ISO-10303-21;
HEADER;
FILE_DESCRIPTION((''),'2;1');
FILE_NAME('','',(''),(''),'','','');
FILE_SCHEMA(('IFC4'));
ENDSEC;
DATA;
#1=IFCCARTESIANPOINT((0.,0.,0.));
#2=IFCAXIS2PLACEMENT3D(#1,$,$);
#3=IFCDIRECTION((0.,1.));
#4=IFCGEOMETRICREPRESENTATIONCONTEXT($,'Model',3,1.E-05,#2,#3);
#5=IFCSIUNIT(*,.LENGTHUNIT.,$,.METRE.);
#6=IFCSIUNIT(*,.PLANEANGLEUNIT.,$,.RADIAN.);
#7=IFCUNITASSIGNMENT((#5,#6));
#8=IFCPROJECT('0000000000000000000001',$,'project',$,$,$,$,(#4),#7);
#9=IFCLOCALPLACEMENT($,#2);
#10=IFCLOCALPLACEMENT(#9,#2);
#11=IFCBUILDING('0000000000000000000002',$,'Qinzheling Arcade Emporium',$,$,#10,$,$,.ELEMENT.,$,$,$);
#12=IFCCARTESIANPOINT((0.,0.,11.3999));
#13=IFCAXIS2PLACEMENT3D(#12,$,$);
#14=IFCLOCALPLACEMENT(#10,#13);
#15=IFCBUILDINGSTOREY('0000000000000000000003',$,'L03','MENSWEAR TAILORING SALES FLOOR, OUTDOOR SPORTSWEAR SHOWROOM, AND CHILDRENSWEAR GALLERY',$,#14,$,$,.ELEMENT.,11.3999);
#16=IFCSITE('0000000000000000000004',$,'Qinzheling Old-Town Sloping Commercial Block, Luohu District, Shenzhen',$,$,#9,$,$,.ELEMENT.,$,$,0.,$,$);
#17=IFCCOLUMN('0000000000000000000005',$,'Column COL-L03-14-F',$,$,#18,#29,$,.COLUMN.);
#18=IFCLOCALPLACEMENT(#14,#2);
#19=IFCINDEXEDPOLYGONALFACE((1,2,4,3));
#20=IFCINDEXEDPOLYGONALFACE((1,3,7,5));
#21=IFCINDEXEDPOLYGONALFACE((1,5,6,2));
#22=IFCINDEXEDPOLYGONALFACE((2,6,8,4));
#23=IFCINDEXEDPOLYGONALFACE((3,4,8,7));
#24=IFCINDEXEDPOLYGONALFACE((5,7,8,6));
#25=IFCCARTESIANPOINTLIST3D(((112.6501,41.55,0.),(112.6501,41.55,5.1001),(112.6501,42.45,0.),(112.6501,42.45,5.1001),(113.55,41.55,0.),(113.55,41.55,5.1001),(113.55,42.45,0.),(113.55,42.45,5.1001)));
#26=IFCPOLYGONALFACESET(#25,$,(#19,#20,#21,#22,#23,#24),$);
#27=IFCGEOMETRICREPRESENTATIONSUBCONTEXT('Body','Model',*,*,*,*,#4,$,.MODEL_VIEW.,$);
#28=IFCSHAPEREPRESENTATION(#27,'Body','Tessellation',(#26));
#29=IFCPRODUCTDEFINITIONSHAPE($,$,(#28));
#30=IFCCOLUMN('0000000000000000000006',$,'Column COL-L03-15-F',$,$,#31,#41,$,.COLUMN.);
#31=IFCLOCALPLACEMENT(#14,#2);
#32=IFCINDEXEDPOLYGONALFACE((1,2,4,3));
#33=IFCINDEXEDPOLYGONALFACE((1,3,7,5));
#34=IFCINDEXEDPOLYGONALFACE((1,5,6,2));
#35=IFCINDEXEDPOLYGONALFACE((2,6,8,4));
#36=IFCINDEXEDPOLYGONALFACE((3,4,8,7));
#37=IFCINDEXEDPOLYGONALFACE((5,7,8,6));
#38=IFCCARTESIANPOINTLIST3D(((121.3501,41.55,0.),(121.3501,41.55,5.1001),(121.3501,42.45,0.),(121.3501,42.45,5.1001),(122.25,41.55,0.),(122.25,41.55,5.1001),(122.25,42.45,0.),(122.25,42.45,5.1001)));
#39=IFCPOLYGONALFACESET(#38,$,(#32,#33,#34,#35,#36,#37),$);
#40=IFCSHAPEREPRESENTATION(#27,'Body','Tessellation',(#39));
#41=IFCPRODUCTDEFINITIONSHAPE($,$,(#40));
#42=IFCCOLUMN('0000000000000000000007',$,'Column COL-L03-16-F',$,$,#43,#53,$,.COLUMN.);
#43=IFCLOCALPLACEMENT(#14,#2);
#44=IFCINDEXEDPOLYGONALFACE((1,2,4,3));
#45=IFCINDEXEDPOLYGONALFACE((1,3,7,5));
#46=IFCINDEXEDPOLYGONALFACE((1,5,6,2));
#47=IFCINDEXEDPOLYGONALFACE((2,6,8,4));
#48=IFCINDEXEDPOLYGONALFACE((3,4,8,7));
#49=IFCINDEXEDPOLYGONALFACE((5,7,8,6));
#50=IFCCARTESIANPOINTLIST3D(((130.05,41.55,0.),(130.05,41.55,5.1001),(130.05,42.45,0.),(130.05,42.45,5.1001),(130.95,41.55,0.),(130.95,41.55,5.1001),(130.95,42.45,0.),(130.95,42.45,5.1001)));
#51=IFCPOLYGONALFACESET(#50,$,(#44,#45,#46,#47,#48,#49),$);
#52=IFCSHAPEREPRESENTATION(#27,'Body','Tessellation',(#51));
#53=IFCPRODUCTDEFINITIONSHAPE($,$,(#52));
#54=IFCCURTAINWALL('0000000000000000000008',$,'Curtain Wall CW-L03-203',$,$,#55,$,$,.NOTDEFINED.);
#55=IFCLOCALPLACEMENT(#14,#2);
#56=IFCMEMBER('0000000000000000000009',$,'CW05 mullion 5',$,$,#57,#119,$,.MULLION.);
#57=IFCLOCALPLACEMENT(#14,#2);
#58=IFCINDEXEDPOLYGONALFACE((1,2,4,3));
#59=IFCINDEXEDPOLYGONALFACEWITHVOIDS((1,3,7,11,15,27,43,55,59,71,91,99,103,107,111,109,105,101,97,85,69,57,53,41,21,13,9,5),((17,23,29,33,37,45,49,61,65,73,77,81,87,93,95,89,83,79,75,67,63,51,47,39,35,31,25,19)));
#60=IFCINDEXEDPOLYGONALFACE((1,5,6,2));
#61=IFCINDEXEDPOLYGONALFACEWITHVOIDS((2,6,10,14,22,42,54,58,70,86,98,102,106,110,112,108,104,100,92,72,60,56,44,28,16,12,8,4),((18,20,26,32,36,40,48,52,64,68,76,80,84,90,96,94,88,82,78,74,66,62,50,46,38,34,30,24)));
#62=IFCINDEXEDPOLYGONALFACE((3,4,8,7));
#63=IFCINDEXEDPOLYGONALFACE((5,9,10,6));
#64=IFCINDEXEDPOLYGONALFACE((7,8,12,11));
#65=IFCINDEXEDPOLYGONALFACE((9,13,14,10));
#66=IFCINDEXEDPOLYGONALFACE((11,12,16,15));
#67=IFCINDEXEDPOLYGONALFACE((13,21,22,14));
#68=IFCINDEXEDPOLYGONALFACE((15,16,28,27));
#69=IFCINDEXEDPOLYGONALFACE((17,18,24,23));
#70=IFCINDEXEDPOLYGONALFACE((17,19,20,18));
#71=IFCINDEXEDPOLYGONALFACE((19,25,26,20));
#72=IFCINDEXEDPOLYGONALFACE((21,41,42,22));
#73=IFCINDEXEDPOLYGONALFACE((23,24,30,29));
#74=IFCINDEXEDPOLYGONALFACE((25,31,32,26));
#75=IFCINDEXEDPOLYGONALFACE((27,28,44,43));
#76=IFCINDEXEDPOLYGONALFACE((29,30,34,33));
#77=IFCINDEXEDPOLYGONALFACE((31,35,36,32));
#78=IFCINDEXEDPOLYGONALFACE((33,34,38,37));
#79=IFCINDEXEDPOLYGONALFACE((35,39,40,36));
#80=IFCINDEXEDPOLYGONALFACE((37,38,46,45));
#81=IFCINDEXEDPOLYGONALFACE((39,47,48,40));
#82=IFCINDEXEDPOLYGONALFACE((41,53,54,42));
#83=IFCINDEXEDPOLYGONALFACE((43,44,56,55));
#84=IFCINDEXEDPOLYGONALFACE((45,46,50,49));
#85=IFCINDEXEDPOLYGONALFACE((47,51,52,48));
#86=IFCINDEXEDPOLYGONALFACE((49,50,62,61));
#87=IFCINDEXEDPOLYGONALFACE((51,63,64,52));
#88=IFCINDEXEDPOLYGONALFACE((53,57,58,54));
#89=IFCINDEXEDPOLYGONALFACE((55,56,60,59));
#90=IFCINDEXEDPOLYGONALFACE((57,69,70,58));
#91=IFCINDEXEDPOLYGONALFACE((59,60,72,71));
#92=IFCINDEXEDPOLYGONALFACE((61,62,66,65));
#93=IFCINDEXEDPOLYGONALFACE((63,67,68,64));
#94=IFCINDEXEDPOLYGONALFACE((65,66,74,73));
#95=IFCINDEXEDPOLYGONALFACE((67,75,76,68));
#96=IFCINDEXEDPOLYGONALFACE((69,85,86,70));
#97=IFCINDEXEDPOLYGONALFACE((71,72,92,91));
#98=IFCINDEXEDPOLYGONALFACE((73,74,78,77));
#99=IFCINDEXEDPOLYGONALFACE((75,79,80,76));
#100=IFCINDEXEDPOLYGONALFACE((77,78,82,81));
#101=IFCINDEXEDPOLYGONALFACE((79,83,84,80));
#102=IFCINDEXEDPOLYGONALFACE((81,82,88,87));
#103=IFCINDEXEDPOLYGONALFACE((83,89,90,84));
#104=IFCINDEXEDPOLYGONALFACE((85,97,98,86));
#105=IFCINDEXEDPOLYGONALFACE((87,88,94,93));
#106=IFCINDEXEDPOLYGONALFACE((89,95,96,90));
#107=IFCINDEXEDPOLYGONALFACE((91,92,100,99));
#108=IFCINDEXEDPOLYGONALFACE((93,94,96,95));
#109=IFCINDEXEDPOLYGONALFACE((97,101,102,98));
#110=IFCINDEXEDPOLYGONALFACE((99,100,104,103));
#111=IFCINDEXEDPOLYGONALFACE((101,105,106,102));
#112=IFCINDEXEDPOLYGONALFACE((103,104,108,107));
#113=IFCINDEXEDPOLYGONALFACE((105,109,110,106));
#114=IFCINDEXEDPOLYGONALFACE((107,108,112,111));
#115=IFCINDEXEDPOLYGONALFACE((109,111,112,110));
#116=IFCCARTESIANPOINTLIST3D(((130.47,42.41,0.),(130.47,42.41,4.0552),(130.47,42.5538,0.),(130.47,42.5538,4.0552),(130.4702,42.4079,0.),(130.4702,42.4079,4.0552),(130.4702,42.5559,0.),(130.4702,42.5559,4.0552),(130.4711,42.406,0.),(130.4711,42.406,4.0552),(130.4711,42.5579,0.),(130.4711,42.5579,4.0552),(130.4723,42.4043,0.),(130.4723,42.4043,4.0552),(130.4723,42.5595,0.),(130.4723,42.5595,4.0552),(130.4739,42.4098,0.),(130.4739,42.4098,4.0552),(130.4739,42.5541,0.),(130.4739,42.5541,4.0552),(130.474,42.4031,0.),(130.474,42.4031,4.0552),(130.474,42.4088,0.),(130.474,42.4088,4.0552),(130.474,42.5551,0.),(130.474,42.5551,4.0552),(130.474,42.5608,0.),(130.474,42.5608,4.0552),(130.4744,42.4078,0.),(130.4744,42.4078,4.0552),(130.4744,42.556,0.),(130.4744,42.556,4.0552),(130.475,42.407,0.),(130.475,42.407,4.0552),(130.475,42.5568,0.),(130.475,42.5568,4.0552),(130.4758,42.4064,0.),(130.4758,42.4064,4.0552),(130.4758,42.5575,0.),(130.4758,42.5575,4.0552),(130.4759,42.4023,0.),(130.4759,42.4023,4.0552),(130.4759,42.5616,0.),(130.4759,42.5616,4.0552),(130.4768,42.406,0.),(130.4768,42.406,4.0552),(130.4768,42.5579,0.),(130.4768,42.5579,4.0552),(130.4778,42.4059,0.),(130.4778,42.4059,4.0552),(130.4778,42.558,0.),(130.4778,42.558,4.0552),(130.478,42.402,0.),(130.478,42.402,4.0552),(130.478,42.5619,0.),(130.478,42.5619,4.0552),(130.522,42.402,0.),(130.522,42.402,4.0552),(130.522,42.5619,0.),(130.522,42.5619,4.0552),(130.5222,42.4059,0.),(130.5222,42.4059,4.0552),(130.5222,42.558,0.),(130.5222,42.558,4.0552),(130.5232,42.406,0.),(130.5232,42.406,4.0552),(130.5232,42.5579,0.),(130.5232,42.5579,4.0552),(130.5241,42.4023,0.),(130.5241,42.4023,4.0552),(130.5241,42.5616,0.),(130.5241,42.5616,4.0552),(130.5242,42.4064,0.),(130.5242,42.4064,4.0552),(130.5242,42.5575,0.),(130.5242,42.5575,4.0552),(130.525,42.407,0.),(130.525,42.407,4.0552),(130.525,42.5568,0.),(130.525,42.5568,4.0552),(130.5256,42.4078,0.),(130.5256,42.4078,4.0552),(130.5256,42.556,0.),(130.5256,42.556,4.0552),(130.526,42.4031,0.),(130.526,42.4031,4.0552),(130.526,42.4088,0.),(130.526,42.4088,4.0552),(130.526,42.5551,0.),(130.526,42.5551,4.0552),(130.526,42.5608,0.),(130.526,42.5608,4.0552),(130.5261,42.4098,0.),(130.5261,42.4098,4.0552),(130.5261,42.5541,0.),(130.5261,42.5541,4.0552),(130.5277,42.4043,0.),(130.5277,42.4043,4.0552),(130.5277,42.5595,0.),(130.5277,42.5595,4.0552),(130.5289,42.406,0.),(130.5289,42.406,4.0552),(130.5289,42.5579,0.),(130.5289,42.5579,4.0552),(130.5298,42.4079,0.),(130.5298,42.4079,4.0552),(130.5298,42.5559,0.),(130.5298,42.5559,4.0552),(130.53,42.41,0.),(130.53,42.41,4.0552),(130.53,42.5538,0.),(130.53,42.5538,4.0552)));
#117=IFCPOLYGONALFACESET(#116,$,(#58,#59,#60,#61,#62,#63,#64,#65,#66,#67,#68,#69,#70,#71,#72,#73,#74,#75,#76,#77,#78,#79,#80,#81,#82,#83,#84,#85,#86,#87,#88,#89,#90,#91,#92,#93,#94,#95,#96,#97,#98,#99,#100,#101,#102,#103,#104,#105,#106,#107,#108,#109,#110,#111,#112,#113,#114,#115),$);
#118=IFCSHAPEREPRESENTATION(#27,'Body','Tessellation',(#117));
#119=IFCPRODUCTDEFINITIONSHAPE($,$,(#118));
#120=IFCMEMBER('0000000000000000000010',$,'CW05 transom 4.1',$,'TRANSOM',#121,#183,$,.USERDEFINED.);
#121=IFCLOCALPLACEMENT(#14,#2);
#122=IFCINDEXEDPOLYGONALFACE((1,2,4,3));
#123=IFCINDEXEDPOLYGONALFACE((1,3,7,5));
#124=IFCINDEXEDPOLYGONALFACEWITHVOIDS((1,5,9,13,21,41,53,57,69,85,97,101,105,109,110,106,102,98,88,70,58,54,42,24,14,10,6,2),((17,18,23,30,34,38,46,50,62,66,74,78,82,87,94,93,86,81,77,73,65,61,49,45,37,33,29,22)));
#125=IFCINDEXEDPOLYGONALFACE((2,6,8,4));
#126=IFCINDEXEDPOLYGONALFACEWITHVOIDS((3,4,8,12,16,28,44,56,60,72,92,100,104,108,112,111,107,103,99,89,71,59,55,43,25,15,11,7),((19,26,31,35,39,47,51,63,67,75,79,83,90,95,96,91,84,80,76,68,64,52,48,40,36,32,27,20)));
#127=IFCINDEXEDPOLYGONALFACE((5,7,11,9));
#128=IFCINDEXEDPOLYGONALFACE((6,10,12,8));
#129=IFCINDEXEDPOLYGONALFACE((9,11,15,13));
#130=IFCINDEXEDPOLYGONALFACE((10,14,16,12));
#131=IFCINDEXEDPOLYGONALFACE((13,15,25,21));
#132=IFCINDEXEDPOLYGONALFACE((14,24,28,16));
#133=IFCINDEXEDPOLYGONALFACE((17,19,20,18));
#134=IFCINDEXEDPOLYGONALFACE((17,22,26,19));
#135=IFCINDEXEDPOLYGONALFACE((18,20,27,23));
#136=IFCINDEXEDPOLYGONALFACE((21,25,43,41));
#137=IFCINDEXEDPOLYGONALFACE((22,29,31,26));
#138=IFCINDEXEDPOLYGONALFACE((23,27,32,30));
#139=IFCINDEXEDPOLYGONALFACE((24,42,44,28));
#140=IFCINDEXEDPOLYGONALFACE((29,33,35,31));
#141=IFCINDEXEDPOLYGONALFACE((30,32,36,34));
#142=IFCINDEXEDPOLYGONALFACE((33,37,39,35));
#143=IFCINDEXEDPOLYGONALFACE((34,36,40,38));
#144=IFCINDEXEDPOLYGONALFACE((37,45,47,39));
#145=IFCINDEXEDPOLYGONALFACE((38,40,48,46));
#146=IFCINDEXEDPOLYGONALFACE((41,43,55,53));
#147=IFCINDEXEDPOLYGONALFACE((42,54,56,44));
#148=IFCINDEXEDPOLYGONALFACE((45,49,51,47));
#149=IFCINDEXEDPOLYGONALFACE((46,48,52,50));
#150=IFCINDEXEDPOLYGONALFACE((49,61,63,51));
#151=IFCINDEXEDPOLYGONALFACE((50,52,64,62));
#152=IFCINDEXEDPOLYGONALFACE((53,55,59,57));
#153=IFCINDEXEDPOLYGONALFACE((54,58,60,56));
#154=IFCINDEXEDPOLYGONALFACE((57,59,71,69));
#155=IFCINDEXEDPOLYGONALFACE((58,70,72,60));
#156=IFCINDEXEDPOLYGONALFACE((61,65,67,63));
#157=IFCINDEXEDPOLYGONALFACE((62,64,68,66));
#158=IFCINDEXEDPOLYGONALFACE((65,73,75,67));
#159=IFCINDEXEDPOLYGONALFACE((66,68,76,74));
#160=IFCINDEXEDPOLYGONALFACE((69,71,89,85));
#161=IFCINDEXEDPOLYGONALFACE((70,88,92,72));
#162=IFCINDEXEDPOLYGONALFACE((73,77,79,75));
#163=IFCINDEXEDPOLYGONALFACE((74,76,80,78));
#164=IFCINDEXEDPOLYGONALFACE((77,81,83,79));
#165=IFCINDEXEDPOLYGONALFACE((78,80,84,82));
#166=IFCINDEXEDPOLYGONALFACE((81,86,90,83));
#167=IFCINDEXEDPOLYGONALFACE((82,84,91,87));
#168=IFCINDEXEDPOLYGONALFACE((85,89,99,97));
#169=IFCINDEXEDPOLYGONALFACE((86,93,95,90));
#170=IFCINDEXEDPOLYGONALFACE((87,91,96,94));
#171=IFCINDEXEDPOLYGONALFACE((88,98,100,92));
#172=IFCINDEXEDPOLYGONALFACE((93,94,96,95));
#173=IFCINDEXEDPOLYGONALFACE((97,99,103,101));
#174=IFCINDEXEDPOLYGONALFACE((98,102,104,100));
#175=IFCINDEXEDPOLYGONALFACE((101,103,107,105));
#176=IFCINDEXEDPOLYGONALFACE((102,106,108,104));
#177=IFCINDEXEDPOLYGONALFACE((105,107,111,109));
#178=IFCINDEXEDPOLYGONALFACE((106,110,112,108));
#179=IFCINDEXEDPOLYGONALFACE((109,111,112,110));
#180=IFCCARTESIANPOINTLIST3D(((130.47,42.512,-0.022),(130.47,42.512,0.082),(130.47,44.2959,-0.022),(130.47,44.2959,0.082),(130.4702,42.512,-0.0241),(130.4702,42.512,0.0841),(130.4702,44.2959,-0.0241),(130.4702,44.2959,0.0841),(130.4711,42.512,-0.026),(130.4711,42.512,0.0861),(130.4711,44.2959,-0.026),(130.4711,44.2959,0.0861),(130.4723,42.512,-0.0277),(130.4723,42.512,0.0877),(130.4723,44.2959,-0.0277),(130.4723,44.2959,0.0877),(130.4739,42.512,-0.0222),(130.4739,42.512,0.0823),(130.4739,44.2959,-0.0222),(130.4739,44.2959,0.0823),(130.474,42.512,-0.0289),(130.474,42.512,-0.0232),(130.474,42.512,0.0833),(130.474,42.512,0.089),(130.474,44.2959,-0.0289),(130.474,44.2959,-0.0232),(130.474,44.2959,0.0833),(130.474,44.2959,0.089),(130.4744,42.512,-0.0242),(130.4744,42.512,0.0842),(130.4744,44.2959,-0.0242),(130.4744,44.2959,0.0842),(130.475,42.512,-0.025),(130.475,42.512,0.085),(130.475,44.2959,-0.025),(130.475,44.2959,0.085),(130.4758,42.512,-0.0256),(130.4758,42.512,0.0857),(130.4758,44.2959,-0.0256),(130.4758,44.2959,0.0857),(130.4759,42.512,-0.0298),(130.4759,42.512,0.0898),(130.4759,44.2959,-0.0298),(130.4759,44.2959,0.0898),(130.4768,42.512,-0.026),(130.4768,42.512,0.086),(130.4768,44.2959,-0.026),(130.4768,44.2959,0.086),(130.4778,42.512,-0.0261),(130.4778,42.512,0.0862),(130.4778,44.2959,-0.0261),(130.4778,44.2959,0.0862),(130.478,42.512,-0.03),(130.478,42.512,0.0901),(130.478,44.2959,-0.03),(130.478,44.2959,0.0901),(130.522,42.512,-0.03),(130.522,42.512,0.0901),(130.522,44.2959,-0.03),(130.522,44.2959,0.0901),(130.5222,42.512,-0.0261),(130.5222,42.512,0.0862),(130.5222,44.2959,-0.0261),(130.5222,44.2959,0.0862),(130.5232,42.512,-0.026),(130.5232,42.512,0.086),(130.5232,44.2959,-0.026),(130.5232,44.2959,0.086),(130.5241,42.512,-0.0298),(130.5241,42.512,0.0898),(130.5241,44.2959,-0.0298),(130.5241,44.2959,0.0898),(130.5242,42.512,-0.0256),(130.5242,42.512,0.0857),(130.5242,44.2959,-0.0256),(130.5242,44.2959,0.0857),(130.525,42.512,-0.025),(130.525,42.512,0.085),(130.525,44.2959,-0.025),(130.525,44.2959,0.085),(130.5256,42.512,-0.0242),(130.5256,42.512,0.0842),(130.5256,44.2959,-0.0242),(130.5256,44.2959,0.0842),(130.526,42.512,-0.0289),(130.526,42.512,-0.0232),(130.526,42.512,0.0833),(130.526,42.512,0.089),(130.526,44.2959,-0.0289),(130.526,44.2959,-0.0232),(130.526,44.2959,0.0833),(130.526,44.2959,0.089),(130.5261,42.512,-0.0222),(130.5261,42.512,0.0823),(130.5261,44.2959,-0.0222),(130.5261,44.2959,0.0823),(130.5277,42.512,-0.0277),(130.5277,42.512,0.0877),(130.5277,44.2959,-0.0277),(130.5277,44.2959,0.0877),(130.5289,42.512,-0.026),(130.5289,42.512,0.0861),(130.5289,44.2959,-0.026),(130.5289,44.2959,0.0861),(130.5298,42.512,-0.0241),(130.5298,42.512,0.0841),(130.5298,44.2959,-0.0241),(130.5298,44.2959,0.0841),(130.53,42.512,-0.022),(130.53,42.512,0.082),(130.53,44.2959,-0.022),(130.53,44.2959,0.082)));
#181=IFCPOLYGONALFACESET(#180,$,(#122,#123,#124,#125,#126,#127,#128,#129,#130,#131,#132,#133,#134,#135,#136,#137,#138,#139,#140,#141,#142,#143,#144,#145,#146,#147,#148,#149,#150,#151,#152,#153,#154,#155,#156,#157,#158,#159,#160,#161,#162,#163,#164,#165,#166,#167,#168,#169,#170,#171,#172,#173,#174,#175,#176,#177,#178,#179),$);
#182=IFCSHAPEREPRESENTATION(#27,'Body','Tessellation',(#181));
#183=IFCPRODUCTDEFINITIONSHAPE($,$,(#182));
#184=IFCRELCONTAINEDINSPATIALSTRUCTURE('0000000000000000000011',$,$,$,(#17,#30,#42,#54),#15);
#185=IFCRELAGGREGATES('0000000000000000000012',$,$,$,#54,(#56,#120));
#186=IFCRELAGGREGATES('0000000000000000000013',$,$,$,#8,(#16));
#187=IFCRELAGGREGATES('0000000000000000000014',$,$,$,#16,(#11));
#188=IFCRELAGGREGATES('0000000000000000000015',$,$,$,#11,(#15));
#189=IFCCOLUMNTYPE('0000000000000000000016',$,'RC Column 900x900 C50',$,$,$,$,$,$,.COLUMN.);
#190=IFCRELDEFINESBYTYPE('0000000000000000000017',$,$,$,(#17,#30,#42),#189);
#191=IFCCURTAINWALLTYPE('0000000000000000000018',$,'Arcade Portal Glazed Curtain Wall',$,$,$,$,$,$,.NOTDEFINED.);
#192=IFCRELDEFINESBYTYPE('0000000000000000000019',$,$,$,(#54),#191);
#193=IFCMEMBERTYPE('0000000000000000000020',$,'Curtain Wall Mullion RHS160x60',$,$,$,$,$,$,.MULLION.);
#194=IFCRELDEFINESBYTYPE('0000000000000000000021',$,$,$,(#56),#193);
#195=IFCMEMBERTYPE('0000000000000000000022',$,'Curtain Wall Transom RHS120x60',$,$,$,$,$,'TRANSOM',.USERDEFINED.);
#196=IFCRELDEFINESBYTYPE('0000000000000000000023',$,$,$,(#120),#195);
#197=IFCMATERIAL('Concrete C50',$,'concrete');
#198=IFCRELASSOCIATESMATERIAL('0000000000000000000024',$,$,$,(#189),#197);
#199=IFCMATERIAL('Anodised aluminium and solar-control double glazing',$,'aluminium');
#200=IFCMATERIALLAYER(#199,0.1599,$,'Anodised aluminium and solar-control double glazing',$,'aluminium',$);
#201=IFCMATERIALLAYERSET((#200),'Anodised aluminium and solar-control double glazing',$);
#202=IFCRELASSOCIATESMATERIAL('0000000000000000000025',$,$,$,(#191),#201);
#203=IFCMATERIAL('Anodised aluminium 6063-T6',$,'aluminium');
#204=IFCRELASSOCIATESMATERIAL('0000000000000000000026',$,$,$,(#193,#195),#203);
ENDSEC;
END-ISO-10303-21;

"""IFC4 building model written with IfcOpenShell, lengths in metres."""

from ifc_helpers import new_model, si_unit, direction, frame, origin, origin_2d, place, context, subcontext, project, spatial, rectangle, hollow_rectangle, extrude, material, layer, layer_set, material_profile, profile_set, type_object, element, aggregate, save


model = new_model("IFC4")

# Units and contexts
model_context = context("Model", 3, precision=1e-05, world=origin(), true_north=direction((0.0, 1.0)))
body_context = subcontext(model_context, "Body", "Model", "MODEL_VIEW")
ifc_project = project(units=[si_unit("LENGTHUNIT", "METRE"), si_unit("PLANEANGLEUNIT", "RADIAN")], contexts=[model_context])

# Site, building, storey
site_placement = place(None, origin())
site = spatial("IfcSite", under=ifc_project, at=site_placement, Name="Qinzheling Old-Town Sloping Commercial Block, Luohu District, Shenzhen", CompositionType="ELEMENT", RefElevation=0.0)
building_placement = place(site_placement, origin())
building = spatial("IfcBuilding", under=site, at=building_placement, Name="Qinzheling Arcade Emporium", CompositionType="ELEMENT")
storey_placement = place(building_placement, frame((0.0, 0.0, 11.3999)))
storey = spatial("IfcBuildingStorey", under=building, at=storey_placement, Name="L03", Description="MENSWEAR TAILORING SALES FLOOR, OUTDOOR SPORTSWEAR SHOWROOM, AND CHILDRENSWEAR GALLERY", CompositionType="ELEMENT", Elevation=11.3999)

# Columns
ifc_material_1 = material(Name="Concrete C50", Category="concrete")
ifc_material_profile_1 = material_profile(ifc_material_1, rectangle(XDim=0.8999, YDim=0.8999, at=origin_2d()), Name="RC 900x900", Category="concrete")
ifc_profile_set_1 = profile_set([ifc_material_profile_1], Name="Concrete C50")
column_type = type_object("IfcColumnType", Name="RC Column 900x900 C50", PredefinedType="COLUMN", material=ifc_profile_set_1)
for number, where, z_axis, x_axis, name in (
    (1, (113.1001, 42.0, 0.0), (0.0, 0.0, 1.0), (1.0, 0.0, 0.0), "Column COL-L03-14-F"),
    (2, (121.8, 42.0, 0.0), (0.0, 0.0, 1.0), (1.0, 0.0, 0.0), "Column COL-L03-15-F"),
    (3, (130.5, 42.0, 0.0), (0.0, 0.0, 1.0), (1.0, 0.0, 0.0), "Column COL-L03-16-F"),
):
    element("IfcColumn", number, at=place(storey_placement, frame(where, z_axis=z_axis, x_axis=x_axis)), inside=storey, type_object=column_type, Name=name, PredefinedType="COLUMN", context=body_context, shape_type="SweptSolid", body=[
        extrude(rectangle(XDim=0.8999, YDim=0.8999, at=origin_2d()), origin(), (0.0, 0.0, 1.0), 5.1001),
    ])

# Curtain wall, members
ifc_material_2 = material(Name="Anodised aluminium and solar-control double glazing", Category="aluminium")
ifc_layer_1 = layer(ifc_material_2, 0.1599, Name="Anodised aluminium and solar-control double glazing", Category="aluminium")
ifc_layer_set_1 = layer_set([ifc_layer_1], Name="Anodised aluminium and solar-control double glazing")
curtain_wall_type = type_object("IfcCurtainWallType", Name="Arcade Portal Glazed Curtain Wall", PredefinedType="NOTDEFINED", material=ifc_layer_set_1)
curtain_wall_placement = place(storey_placement, origin())
curtain_wall = element("IfcCurtainWall", 4, at=curtain_wall_placement, inside=storey, type_object=curtain_wall_type, Name="Curtain Wall CW-L03-203", PredefinedType="NOTDEFINED")
ifc_material_3 = material(Name="Anodised aluminium 6063-T6", Category="aluminium")
ifc_material_profile_2 = material_profile(ifc_material_3, hollow_rectangle(XDim=0.0601, YDim=0.1599, WallThickness=0.0039, InnerFilletRadius=0.0039, OuterFilletRadius=0.0081, at=origin_2d()), Name="RHS 160x60x4", Category="aluminium")
ifc_profile_set_2 = profile_set([ifc_material_profile_2], Name="Anodised aluminium 6063-T6")
member_type_1 = type_object("IfcMemberType", Name="Curtain Wall Mullion RHS160x60", PredefinedType="MULLION", material=ifc_profile_set_2)
member_1_placement = place(storey_placement, frame((130.5, 42.4819, 0.0), z_axis=(0.0, 0.0, 1.0), x_axis=(1.0, 0.0, 0.0)))
member_1 = element("IfcMember", 5, at=member_1_placement, type_object=member_type_1, Name="CW05 mullion 5", PredefinedType="MULLION", context=body_context, shape_type="SweptSolid", body=[
    extrude(hollow_rectangle(XDim=0.0601, YDim=0.1599, WallThickness=0.0039, InnerFilletRadius=0.0039, OuterFilletRadius=0.0081, at=origin_2d()), origin(), (0.0, 0.0, 1.0), 4.0552),
])
ifc_material_profile_3 = material_profile(ifc_material_3, hollow_rectangle(XDim=0.0601, YDim=0.1201, WallThickness=0.0039, InnerFilletRadius=0.0039, OuterFilletRadius=0.0081, at=origin_2d()), Name="RHS 120x60x4", Category="aluminium")
ifc_profile_set_3 = profile_set([ifc_material_profile_3], Name="Anodised aluminium 6063-T6")
member_type_2 = type_object("IfcMemberType", Name="Curtain Wall Transom RHS120x60", ElementType="TRANSOM", PredefinedType="USERDEFINED", material=ifc_profile_set_3)
member_2_placement = place(storey_placement, frame((130.5, 44.2959, 0.03), z_axis=(0.0, -1.0, 0.0), x_axis=(1.0, 0.0, 0.0)))
member_2 = element("IfcMember", 6, at=member_2_placement, type_object=member_type_2, Name="CW05 transom 4.1", ObjectType="TRANSOM", PredefinedType="USERDEFINED", context=body_context, shape_type="SweptSolid", body=[
    extrude(hollow_rectangle(XDim=0.0601, YDim=0.1201, WallThickness=0.0039, InnerFilletRadius=0.0039, OuterFilletRadius=0.0081, at=origin_2d()), origin(), (0.0, 0.0, 1.0), 1.7839),
])

aggregate(curtain_wall, [member_1, member_2])

save(model, "model.ifc")
